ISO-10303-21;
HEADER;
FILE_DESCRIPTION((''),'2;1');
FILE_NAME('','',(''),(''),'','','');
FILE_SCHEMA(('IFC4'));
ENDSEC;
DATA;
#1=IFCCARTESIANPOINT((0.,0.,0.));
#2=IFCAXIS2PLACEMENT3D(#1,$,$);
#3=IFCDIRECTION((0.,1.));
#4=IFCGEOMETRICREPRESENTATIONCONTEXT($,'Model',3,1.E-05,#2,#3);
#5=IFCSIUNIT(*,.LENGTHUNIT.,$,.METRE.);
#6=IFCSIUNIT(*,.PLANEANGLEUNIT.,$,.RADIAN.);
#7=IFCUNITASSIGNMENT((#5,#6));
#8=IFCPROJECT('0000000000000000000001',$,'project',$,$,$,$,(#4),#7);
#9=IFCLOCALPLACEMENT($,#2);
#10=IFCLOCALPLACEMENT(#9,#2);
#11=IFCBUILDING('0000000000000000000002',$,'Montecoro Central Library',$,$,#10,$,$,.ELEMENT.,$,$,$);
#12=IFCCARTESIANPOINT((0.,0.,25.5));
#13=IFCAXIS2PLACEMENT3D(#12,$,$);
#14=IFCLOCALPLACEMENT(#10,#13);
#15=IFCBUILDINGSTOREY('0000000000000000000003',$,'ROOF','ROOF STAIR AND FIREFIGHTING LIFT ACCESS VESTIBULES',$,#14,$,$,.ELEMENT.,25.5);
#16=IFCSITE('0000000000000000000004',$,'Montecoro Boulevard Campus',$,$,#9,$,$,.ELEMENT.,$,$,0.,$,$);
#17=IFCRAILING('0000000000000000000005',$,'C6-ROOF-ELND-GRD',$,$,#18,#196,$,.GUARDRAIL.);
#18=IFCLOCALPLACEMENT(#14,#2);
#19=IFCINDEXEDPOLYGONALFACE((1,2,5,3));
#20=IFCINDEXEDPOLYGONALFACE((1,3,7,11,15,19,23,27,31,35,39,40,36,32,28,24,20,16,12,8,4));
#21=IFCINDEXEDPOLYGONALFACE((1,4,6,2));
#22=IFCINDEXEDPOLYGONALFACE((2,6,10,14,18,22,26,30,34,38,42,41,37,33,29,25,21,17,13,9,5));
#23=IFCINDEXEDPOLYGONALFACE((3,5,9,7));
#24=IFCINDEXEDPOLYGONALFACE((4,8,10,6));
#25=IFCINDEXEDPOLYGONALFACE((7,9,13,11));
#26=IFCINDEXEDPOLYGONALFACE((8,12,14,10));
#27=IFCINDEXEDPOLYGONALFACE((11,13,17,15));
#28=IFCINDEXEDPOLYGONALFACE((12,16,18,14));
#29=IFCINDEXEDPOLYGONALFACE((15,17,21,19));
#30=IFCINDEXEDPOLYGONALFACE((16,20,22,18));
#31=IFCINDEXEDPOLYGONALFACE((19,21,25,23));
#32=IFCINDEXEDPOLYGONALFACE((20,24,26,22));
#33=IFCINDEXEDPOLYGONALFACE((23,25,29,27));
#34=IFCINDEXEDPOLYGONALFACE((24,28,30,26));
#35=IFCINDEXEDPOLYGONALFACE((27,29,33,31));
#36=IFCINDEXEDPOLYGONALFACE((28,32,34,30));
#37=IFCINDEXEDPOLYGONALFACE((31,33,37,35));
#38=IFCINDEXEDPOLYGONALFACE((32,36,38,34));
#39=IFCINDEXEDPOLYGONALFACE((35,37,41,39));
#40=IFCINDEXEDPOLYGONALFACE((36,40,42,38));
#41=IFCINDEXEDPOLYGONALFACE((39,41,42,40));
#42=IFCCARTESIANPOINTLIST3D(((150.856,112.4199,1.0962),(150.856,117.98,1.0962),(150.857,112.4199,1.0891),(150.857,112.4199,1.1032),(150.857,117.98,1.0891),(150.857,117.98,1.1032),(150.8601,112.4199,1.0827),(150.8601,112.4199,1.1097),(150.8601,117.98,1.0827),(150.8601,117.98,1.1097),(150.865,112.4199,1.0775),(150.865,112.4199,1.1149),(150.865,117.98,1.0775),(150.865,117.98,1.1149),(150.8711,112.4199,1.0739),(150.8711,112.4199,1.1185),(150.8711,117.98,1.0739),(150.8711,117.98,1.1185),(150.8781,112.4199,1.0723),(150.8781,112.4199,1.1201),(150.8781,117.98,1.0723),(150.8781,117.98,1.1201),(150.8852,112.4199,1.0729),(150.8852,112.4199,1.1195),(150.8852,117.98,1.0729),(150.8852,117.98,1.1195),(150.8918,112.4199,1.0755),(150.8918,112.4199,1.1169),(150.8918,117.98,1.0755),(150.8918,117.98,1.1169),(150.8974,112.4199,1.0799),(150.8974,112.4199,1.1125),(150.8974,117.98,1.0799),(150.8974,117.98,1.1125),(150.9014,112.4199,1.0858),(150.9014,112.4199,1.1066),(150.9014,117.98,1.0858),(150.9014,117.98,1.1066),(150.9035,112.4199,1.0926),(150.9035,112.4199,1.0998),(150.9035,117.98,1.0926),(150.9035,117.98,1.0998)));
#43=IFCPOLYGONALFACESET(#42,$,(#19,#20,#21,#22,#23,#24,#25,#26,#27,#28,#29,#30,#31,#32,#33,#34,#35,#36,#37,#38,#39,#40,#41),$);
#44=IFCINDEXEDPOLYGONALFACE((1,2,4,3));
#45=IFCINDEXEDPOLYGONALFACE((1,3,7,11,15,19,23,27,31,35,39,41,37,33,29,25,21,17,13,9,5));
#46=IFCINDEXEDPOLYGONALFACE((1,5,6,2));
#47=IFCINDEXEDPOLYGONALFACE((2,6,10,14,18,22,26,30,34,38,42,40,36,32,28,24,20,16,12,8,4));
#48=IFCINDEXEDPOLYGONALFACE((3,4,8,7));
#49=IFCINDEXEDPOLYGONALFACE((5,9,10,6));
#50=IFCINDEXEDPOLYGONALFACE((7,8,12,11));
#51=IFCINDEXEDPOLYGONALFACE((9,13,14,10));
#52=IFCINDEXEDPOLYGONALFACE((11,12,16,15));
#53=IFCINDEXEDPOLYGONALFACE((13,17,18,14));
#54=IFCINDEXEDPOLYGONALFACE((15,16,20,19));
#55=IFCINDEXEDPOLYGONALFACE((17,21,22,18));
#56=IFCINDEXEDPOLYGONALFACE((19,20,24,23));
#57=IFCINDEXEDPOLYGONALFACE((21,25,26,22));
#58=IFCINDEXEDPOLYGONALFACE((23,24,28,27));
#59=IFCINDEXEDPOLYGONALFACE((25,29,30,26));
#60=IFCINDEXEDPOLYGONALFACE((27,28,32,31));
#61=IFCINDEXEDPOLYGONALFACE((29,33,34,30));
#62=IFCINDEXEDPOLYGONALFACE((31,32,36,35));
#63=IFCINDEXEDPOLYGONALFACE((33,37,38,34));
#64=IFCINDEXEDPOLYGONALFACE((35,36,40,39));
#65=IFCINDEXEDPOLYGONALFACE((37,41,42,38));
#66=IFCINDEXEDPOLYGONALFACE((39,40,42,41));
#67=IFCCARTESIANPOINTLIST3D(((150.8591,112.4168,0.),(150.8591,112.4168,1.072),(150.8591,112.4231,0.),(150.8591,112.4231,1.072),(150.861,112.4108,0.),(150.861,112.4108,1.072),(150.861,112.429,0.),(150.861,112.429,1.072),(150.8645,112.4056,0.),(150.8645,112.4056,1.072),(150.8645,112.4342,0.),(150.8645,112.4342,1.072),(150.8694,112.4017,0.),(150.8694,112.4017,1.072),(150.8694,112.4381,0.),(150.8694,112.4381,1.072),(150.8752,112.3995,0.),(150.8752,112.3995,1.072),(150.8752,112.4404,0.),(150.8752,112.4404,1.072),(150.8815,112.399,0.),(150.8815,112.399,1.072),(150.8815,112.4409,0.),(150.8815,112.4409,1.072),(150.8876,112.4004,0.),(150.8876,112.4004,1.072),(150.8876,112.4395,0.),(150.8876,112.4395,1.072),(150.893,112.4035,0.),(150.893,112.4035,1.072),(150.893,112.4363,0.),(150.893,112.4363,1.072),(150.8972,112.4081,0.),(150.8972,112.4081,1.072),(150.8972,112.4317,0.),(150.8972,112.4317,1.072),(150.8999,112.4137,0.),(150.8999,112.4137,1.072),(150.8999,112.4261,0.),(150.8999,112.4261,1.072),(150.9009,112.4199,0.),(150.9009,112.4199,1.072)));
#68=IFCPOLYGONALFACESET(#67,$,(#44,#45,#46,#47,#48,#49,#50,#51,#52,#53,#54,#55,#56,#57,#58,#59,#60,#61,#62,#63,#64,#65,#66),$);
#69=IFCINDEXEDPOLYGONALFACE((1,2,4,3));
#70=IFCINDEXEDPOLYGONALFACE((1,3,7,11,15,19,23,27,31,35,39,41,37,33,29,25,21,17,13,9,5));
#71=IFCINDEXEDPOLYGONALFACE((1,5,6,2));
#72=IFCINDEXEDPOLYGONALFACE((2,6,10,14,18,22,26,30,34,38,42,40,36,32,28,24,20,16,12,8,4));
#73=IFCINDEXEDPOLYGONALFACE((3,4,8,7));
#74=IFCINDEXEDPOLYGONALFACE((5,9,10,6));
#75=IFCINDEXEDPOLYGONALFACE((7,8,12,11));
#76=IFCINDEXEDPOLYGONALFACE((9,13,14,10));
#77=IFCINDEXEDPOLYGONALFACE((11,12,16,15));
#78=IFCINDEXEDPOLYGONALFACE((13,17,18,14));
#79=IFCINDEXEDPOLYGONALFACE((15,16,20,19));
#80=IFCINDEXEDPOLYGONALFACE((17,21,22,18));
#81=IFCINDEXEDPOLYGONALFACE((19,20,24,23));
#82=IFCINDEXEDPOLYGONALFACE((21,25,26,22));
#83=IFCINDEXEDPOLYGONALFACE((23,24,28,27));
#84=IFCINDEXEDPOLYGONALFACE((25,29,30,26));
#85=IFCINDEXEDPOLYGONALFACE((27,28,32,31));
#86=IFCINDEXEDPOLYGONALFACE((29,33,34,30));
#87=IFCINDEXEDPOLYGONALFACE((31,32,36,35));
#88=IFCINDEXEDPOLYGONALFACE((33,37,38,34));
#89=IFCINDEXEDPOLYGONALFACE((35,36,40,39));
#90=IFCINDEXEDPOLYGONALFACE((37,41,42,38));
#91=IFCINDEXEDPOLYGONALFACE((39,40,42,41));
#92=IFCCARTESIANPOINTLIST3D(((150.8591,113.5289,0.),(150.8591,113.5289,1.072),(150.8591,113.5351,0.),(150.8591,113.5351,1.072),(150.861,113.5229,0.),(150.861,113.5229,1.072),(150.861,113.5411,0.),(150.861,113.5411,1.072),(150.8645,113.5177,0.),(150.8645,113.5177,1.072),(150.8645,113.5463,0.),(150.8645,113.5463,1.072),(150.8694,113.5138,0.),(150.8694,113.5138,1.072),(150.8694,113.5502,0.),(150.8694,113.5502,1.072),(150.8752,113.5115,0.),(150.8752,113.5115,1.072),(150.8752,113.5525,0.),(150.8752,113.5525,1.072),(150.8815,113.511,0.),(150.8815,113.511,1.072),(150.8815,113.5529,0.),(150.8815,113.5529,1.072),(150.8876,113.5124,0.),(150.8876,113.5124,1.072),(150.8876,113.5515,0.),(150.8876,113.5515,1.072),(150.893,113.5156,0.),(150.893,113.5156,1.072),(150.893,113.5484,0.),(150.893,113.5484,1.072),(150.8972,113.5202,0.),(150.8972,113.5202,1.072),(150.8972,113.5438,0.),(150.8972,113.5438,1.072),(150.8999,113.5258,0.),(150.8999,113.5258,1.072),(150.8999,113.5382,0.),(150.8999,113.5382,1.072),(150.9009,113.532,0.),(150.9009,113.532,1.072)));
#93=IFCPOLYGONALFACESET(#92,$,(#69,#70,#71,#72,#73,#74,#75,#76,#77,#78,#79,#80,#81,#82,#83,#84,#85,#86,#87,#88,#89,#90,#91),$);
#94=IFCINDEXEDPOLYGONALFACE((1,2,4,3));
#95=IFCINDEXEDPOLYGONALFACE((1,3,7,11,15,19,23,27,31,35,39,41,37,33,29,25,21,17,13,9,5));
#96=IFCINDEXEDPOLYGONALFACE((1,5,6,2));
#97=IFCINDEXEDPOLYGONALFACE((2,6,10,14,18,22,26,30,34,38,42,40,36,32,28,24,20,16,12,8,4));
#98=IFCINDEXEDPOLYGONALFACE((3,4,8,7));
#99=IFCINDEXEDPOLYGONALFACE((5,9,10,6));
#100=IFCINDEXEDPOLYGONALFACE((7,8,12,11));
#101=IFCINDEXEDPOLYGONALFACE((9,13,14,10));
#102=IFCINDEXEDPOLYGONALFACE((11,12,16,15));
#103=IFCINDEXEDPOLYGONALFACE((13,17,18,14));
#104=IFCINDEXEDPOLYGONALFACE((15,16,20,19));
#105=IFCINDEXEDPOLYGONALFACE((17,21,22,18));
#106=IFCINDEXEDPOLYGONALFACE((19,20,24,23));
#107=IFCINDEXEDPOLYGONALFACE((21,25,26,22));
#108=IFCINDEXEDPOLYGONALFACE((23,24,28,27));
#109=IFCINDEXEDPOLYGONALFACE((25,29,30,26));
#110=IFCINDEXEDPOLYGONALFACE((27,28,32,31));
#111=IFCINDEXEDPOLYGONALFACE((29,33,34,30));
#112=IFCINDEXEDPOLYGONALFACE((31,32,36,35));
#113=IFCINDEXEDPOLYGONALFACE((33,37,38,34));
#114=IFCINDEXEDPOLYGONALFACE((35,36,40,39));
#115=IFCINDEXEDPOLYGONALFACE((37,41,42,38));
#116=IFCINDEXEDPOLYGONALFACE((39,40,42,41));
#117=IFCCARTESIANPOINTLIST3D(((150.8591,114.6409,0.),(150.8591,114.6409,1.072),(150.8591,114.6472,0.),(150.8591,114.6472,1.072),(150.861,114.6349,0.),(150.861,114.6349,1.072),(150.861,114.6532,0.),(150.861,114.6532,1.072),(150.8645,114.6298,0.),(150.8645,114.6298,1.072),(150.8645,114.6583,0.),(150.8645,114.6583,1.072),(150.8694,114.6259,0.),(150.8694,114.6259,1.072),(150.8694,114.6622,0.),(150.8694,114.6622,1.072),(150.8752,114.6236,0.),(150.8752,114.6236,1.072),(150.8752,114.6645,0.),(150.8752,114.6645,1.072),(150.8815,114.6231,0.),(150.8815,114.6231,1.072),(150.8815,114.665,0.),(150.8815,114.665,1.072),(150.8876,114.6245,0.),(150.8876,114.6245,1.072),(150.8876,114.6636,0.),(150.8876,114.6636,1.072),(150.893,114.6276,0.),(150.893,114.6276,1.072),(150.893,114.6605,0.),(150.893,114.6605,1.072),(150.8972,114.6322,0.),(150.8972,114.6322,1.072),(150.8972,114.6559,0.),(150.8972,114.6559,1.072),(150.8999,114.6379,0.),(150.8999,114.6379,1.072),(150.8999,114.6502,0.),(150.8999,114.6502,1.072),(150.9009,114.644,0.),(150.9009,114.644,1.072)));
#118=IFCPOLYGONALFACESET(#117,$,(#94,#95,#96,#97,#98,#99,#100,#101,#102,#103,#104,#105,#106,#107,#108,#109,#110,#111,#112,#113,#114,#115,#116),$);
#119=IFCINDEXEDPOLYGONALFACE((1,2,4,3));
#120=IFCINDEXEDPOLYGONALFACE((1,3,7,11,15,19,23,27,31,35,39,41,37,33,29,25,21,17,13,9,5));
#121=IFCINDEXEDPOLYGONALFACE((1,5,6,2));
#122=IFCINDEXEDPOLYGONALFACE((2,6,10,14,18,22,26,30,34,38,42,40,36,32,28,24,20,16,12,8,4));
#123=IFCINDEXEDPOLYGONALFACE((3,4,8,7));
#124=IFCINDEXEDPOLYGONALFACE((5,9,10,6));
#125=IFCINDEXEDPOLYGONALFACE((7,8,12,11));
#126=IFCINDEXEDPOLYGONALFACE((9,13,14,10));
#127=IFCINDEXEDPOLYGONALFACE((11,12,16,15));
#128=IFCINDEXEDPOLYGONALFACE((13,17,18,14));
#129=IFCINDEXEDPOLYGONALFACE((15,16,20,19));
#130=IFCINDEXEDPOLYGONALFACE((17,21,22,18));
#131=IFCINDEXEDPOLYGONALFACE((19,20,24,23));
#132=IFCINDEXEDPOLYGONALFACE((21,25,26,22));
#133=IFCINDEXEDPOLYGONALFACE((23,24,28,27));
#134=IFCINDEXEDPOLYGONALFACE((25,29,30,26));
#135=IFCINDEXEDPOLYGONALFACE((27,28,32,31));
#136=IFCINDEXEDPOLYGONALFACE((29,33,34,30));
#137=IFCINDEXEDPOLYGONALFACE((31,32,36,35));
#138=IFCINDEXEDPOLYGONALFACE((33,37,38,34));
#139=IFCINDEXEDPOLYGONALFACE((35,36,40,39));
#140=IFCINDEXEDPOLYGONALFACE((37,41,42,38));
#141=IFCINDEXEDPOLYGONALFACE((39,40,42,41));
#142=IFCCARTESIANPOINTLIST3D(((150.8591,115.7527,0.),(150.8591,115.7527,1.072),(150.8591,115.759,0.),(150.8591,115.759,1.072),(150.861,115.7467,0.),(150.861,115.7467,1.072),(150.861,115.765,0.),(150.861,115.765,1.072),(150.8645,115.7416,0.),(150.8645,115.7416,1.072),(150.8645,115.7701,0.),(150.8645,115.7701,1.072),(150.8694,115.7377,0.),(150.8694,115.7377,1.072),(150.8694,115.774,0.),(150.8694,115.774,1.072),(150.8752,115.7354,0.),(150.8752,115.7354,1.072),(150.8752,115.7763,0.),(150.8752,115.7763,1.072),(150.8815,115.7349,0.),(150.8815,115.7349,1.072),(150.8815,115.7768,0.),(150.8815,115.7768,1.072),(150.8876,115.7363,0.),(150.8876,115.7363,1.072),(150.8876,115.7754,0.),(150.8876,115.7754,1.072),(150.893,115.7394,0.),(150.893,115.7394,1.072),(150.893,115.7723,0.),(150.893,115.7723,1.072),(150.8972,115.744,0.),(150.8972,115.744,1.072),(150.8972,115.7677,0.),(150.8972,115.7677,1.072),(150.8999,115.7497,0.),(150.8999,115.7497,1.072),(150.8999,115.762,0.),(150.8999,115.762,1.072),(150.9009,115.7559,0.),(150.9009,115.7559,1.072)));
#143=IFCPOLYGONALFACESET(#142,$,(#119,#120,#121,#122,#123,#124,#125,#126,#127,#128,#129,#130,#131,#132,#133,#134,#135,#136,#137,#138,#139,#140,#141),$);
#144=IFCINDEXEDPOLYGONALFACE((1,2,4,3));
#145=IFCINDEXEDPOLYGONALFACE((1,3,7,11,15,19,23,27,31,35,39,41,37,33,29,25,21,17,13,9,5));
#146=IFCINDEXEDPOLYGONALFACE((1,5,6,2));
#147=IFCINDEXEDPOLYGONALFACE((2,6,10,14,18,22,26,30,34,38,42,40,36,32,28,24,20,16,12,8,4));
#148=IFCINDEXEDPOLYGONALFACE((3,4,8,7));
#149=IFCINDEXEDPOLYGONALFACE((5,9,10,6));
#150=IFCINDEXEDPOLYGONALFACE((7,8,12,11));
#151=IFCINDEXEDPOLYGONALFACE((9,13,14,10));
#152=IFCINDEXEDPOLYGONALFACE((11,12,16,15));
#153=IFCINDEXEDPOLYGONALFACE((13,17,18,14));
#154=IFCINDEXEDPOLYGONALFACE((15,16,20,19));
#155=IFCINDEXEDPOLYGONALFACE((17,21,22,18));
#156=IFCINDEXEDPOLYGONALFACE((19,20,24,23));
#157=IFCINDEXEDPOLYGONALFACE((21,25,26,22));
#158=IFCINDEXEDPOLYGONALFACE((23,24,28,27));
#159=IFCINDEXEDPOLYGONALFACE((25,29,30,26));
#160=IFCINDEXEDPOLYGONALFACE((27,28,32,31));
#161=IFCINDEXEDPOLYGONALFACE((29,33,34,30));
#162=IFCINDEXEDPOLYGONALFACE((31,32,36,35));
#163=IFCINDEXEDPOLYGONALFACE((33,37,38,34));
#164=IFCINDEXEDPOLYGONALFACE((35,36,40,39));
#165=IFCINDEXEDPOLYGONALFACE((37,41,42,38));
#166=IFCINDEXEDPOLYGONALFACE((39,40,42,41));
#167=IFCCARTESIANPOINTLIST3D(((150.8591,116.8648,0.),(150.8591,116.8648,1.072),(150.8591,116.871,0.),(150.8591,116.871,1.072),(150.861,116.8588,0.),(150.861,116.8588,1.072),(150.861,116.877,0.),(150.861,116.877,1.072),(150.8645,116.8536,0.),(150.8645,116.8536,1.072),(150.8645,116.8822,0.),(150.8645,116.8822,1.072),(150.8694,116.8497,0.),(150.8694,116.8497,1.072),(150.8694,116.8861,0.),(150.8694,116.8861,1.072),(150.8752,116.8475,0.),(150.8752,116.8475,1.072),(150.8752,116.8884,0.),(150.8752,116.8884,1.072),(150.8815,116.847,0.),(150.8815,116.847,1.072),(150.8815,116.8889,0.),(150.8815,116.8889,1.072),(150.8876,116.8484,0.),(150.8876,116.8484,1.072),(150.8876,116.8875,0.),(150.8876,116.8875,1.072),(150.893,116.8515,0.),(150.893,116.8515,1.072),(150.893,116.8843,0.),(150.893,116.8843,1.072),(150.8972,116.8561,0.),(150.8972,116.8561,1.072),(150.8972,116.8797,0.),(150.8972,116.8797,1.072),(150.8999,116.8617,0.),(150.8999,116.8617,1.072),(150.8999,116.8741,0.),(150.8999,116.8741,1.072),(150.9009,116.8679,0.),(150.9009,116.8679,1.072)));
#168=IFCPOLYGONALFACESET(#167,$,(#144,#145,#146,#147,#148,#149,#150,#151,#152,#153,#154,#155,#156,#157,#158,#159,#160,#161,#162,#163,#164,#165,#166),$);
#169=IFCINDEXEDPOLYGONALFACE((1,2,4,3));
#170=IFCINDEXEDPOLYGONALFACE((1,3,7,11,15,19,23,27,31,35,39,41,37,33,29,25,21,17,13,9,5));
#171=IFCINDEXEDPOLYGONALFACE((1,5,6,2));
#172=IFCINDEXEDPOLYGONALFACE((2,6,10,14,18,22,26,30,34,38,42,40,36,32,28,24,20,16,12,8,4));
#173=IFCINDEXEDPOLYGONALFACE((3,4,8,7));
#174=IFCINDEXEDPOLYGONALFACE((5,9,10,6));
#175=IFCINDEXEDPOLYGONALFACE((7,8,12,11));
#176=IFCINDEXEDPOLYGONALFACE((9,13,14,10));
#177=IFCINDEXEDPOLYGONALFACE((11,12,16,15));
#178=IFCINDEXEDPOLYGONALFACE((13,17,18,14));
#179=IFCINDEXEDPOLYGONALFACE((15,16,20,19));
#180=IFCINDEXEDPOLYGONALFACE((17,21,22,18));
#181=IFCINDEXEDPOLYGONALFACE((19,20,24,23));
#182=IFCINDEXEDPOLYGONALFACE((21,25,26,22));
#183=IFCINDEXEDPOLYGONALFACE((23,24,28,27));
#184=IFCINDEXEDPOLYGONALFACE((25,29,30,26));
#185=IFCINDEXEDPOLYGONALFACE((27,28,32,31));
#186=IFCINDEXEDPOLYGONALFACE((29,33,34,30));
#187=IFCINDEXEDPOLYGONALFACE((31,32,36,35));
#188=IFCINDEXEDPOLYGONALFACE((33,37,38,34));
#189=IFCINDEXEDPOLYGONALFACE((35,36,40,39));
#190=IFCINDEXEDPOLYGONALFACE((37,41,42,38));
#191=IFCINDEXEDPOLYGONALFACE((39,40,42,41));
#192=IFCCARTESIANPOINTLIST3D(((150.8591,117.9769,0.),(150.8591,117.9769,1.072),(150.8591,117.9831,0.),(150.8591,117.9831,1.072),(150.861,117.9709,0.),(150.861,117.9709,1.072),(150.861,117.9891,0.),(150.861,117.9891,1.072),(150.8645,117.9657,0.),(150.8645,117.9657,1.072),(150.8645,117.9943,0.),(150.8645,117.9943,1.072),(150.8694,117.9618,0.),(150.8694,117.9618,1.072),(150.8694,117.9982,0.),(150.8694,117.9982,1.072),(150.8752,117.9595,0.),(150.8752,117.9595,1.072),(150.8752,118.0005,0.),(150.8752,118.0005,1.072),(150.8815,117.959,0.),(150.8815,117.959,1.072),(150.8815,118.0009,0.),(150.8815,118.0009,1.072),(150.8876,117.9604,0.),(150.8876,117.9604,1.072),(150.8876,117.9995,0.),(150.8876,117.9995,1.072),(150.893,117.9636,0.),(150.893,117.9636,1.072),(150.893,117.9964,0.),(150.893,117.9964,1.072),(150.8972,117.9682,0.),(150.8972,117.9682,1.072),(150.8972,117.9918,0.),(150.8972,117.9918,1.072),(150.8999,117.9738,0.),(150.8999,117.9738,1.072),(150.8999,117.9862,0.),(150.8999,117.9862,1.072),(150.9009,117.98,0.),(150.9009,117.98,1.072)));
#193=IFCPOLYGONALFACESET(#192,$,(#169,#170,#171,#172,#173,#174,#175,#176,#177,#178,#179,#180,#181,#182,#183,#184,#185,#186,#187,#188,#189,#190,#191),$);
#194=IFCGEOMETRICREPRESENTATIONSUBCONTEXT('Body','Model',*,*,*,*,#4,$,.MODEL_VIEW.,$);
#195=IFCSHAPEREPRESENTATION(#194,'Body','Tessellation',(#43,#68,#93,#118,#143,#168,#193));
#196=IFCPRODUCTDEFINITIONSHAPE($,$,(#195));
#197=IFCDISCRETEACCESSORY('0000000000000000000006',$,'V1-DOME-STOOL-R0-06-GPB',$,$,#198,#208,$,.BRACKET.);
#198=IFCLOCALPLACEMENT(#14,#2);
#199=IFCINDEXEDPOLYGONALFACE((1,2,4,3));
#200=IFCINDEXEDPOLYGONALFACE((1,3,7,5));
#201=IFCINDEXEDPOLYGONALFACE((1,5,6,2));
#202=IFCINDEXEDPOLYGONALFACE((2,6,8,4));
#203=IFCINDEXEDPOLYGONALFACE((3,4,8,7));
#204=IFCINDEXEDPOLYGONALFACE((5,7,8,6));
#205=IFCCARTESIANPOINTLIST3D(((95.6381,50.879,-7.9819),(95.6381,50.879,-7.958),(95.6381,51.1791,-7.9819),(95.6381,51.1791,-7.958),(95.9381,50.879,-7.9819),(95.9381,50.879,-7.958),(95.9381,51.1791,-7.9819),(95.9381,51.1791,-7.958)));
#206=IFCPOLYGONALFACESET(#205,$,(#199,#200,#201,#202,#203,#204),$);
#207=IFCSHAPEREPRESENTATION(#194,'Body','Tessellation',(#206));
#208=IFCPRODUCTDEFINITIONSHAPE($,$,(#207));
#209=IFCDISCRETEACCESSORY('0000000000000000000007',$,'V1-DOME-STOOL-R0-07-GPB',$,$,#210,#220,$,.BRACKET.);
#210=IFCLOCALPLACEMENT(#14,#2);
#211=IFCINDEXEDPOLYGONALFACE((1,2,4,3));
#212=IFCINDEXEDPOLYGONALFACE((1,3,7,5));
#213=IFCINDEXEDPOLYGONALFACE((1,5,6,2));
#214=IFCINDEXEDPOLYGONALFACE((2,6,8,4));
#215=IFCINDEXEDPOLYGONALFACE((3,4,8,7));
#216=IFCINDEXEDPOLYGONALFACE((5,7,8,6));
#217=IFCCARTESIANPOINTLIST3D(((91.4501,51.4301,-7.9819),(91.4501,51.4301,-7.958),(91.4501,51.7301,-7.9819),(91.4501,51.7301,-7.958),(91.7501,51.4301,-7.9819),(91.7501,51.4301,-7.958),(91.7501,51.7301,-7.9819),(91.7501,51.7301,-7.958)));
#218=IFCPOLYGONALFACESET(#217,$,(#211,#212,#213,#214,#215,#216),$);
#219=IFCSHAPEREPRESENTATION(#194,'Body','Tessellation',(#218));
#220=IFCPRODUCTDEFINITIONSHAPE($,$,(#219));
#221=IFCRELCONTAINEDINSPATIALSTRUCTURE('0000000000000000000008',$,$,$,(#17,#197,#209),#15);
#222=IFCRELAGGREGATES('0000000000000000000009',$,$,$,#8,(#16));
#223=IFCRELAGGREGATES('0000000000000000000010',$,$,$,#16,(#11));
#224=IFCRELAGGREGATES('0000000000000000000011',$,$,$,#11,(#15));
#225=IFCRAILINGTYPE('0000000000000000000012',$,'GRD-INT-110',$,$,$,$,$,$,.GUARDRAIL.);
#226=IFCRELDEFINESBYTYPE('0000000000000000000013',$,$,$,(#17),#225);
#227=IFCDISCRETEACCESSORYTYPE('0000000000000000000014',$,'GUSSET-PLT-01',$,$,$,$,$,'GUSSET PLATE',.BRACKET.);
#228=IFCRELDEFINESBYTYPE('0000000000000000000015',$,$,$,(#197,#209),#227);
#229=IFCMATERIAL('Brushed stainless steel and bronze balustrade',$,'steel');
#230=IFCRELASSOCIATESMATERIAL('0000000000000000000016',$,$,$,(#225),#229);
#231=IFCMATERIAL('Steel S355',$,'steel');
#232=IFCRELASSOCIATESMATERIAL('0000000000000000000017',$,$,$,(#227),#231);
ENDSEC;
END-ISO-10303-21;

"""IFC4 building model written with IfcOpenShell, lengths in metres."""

from ifc_helpers import new_model, si_unit, direction, frame, origin, origin_2d, place, context, subcontext, project, spatial, rectangle, circle, extrude, material, type_object, element, save


model = new_model("IFC4")

# Units and contexts
model_context = context("Model", 3, precision=1e-05, world=origin(), true_north=direction((0.0, 1.0)))
body_context = subcontext(model_context, "Body", "Model", "MODEL_VIEW")
ifc_project = project(units=[si_unit("LENGTHUNIT", "METRE"), si_unit("PLANEANGLEUNIT", "RADIAN")], contexts=[model_context])

# Site, building, storey
site_placement = place(None, origin())
site = spatial("IfcSite", under=ifc_project, at=site_placement, Name="Montecoro Boulevard Campus", CompositionType="ELEMENT", RefElevation=0.0)
building_placement = place(site_placement, origin())
building = spatial("IfcBuilding", under=site, at=building_placement, Name="Montecoro Central Library", CompositionType="ELEMENT")
storey_placement = place(building_placement, frame((0.0, 0.0, 25.5)))
storey = spatial("IfcBuildingStorey", under=building, at=storey_placement, Name="ROOF", Description="ROOF STAIR AND FIREFIGHTING LIFT ACCESS VESTIBULES", CompositionType="ELEMENT", Elevation=25.5)

# Shared definitions
ifc_material_1 = material(Name="Steel S355", Category="steel")

# Railing
ifc_material_2 = material(Name="Brushed stainless steel and bronze balustrade", Category="steel")
railing_type = type_object("IfcRailingType", Name="GRD-INT-110", PredefinedType="GUARDRAIL", material=ifc_material_2)
railing_placement = place(storey_placement, frame((150.8799, 112.4199, 0.0)))
element("IfcRailing", 1, at=railing_placement, inside=storey, type_object=railing_type, Name="C6-ROOF-ELND-GRD", PredefinedType="GUARDRAIL", context=body_context, shape_type="SweptSolid", body=[
    extrude(circle(Radius=0.0239, at=origin_2d()), frame((0.0, 0.0, 1.0962), z_axis=(0.0, 1.0, 0.0), x_axis=(-1.0, 0.0, 0.0)), (0.0, 0.0, 1.0), 5.5601),
    extrude(circle(Radius=0.021, at=origin_2d()), origin(), (0.0, 0.0, 1.0), 1.072),
    extrude(circle(Radius=0.021, at=origin_2d()), frame((0.0, 1.1121, 0.0)), (0.0, 0.0, 1.0), 1.072),
    extrude(circle(Radius=0.021, at=origin_2d()), frame((0.0, 2.2241, 0.0)), (0.0, 0.0, 1.0), 1.072),
    extrude(circle(Radius=0.021, at=origin_2d()), frame((0.0, 3.3359, 0.0)), (0.0, 0.0, 1.0), 1.072),
    extrude(circle(Radius=0.021, at=origin_2d()), frame((0.0, 4.448, 0.0)), (0.0, 0.0, 1.0), 1.072),
    extrude(circle(Radius=0.021, at=origin_2d()), frame((0.0, 5.5601, 0.0)), (0.0, 0.0, 1.0), 1.072),
])

# Discrete accessories
discrete_accessory_type = type_object("IfcDiscreteAccessoryType", Name="GUSSET-PLT-01", ElementType="GUSSET PLATE", PredefinedType="BRACKET", material=ifc_material_1)
for number, where, z_axis, x_axis, name in (
    (2, (95.7881, 51.0291, -7.9819), (0.0, 0.0, 1.0), (1.0, 0.0, 0.0), "V1-DOME-STOOL-R0-06-GPB"),
    (3, (91.6001, 51.5801, -7.9819), (0.0, 0.0, 1.0), (1.0, 0.0, 0.0), "V1-DOME-STOOL-R0-07-GPB"),
):
    element("IfcDiscreteAccessory", number, at=place(storey_placement, frame(where, z_axis=z_axis, x_axis=x_axis)), inside=storey, type_object=discrete_accessory_type, Name=name, PredefinedType="BRACKET", context=body_context, shape_type="SweptSolid", body=[
        extrude(rectangle(XDim=0.3, YDim=0.3, at=origin_2d()), origin(), (0.0, 0.0, 1.0), 0.0239),
    ])

save(model, "model.ifc")
